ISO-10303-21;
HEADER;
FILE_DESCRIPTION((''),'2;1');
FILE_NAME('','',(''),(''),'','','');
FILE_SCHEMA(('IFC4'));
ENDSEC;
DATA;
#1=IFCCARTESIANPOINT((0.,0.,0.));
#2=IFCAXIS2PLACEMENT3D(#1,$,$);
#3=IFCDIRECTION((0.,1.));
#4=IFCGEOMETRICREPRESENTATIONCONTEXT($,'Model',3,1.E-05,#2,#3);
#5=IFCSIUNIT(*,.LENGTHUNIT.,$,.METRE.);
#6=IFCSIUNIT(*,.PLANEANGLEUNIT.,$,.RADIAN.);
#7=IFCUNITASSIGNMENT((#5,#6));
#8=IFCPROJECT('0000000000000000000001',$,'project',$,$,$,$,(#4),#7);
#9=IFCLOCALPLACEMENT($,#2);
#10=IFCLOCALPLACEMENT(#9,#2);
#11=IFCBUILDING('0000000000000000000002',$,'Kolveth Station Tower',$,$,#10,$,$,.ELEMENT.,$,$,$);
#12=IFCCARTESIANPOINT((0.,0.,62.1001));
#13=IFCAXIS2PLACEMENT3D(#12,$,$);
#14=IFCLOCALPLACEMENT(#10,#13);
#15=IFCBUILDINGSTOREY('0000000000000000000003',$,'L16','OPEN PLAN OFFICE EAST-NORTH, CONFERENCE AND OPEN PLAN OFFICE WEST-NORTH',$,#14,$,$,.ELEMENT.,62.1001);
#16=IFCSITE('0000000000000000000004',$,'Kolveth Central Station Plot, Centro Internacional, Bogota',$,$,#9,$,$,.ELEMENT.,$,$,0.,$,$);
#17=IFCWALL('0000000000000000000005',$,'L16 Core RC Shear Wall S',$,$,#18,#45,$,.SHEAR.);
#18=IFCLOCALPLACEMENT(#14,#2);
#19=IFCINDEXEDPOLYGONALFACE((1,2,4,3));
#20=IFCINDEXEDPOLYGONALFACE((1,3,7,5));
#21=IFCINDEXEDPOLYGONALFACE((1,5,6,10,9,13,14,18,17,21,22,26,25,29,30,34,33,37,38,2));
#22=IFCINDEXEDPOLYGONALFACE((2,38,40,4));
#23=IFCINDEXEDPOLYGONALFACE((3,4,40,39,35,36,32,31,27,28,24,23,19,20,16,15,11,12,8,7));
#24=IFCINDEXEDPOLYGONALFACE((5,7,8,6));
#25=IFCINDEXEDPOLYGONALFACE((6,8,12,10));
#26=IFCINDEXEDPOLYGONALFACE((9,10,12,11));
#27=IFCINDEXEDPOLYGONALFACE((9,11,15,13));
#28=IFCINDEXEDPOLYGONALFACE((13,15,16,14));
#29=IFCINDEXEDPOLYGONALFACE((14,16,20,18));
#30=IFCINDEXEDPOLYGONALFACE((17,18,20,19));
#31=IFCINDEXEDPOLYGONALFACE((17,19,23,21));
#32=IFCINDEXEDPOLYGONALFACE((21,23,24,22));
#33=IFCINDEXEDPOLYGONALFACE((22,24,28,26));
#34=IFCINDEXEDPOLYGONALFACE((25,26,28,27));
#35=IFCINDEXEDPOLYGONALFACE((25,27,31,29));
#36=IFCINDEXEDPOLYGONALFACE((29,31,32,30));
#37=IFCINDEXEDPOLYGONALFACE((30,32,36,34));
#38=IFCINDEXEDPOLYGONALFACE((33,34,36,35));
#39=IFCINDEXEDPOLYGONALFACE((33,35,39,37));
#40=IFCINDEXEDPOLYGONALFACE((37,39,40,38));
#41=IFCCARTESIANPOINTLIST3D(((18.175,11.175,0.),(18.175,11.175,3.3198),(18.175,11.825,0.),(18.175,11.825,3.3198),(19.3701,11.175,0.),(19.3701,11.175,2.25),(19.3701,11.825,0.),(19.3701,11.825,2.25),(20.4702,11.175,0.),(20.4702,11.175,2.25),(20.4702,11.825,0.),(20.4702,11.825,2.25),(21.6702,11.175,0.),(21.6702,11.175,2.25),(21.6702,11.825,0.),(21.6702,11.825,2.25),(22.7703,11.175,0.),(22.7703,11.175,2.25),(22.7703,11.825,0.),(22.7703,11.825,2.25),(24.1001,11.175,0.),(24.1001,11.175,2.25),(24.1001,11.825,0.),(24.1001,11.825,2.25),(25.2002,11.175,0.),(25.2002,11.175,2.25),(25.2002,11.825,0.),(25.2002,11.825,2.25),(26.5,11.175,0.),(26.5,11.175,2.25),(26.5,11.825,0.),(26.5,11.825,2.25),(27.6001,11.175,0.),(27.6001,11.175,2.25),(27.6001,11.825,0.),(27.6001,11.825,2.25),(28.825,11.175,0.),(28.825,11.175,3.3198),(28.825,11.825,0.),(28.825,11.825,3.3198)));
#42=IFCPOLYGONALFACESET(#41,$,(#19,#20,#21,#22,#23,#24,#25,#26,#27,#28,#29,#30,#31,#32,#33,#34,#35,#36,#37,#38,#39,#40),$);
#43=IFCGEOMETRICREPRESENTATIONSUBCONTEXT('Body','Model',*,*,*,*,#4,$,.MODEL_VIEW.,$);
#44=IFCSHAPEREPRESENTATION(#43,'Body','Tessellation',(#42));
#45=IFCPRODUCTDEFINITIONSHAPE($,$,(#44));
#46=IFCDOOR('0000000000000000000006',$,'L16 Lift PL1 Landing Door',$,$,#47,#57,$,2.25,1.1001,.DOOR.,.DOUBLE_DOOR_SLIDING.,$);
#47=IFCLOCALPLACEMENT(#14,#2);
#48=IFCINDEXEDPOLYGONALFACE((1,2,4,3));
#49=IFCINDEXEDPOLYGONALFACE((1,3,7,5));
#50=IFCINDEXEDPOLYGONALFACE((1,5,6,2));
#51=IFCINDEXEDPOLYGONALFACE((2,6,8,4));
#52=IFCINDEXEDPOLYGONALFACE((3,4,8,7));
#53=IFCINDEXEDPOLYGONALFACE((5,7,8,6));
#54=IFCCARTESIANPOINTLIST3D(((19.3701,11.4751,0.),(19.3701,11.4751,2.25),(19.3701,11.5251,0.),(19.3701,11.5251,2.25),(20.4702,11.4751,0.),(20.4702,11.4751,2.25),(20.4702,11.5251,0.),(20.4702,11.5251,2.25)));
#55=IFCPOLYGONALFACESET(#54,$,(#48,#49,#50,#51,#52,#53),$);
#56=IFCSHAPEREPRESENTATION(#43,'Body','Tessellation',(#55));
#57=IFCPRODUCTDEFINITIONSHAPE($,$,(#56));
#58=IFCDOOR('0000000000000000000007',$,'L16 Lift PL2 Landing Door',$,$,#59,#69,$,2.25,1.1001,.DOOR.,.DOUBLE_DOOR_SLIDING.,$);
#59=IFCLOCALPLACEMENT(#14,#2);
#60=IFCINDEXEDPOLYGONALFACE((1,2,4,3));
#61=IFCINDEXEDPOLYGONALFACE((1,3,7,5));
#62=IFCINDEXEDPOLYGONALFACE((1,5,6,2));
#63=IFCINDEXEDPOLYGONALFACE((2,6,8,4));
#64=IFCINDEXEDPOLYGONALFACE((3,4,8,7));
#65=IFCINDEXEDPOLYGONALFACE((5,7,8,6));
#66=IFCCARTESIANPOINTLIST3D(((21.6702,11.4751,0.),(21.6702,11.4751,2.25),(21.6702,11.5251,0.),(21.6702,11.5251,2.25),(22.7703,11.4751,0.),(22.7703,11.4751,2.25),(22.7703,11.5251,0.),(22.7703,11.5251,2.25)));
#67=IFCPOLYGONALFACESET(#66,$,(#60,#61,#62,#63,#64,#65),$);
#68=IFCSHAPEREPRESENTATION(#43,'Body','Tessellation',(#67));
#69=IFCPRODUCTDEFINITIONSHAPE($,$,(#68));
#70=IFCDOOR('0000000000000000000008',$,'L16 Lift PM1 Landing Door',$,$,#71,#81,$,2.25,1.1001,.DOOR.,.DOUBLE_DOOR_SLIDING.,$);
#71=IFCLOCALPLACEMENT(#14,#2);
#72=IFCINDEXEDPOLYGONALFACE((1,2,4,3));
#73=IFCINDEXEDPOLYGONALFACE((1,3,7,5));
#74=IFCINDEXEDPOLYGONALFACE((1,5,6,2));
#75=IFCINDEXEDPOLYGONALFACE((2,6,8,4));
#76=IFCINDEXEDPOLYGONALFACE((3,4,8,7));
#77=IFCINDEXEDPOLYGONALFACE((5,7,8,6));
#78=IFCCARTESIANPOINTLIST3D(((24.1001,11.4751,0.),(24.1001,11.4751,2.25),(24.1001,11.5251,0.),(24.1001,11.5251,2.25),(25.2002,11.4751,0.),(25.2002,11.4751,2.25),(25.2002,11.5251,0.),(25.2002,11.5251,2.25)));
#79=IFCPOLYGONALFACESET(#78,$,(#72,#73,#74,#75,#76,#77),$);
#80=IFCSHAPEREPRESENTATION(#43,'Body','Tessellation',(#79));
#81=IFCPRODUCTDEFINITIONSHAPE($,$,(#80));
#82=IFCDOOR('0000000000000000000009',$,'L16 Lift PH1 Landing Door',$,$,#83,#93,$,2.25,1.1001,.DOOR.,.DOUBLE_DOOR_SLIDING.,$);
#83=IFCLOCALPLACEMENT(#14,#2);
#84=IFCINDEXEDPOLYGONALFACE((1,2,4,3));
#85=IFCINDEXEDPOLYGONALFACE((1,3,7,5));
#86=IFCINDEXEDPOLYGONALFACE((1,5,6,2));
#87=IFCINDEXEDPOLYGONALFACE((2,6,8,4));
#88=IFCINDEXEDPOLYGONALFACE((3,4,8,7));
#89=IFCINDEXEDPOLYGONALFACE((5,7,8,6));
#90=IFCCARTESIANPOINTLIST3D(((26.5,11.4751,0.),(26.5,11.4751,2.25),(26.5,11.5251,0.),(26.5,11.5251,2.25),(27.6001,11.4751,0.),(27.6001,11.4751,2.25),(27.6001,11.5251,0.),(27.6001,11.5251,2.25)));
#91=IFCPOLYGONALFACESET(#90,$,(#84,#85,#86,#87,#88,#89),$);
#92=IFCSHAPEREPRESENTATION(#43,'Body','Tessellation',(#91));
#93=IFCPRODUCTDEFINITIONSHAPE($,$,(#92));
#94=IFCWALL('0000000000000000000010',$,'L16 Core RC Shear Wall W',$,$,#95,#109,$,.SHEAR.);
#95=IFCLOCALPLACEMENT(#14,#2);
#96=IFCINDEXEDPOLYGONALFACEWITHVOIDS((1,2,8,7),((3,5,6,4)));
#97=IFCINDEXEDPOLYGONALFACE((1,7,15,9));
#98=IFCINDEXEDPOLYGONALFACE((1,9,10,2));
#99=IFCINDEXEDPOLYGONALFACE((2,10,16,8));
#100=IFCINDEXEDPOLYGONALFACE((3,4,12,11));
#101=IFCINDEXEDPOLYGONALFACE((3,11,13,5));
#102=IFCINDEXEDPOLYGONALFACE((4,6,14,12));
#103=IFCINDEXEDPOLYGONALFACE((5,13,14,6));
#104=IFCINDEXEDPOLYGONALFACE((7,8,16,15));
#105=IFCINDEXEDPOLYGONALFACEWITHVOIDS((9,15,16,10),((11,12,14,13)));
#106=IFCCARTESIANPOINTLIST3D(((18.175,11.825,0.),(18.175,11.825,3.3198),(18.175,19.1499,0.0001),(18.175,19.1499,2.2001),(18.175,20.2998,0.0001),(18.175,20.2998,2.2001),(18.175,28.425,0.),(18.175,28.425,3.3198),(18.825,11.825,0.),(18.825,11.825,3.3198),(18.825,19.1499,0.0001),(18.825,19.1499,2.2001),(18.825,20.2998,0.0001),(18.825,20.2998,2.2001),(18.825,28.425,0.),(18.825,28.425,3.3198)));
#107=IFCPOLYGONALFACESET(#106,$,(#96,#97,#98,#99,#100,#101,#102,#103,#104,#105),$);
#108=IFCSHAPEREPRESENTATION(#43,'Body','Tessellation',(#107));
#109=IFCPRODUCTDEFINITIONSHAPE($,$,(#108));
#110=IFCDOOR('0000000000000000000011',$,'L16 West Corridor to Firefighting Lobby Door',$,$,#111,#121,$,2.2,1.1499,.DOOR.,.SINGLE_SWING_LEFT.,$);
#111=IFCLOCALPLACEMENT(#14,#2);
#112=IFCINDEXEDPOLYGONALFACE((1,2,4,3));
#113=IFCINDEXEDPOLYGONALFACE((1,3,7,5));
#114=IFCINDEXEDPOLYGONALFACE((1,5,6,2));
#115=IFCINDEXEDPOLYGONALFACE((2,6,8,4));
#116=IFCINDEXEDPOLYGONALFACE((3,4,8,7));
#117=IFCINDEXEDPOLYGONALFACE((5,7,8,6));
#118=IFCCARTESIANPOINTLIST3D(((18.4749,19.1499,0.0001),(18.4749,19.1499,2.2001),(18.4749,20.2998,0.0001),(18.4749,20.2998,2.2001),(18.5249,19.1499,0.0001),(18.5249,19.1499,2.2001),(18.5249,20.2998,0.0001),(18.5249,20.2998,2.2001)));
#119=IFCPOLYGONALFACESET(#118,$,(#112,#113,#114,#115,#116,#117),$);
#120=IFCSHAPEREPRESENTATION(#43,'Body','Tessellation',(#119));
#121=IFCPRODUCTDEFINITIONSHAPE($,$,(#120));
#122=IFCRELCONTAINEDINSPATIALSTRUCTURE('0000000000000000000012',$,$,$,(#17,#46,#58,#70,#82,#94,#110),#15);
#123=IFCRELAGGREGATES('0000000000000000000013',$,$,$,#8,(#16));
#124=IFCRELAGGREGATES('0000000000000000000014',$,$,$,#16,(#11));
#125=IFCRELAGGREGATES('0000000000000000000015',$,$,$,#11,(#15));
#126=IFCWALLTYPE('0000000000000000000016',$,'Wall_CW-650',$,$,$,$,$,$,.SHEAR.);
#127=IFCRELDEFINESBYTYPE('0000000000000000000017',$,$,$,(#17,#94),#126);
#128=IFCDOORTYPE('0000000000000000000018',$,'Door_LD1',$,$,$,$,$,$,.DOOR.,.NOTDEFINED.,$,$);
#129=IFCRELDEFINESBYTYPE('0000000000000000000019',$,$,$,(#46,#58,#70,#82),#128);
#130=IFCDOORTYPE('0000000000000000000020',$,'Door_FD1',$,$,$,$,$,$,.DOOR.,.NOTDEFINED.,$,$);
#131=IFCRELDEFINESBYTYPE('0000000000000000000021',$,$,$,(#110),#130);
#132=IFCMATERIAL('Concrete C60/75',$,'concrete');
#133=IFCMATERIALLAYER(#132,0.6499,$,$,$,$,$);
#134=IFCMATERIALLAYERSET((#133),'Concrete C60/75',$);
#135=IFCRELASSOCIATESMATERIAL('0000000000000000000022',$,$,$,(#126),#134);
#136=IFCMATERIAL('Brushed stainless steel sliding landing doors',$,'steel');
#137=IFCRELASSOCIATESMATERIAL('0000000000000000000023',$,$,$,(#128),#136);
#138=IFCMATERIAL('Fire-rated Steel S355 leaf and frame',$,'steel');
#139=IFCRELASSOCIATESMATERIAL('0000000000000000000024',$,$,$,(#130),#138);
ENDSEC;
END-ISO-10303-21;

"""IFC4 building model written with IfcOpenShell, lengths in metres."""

from ifc_helpers import new_model, si_unit, direction, frame, frame_2d, origin, place, context, subcontext, project, spatial, rectangle, extrude, material, layer, layer_set, type_object, element, fill, save


model = new_model("IFC4")

# Units and contexts
model_context = context("Model", 3, precision=1e-05, world=origin(), true_north=direction((0.0, 1.0)))
body_context = subcontext(model_context, "Body", "Model", "MODEL_VIEW")
ifc_project = project(units=[si_unit("LENGTHUNIT", "METRE"), si_unit("PLANEANGLEUNIT", "RADIAN")], contexts=[model_context])

# Site, building, storey
site_placement = place(None, origin())
site = spatial("IfcSite", under=ifc_project, at=site_placement, Name="Kolveth Central Station Plot, Centro Internacional, Bogota", CompositionType="ELEMENT", RefElevation=0.0)
building_placement = place(site_placement, origin())
building = spatial("IfcBuilding", under=site, at=building_placement, Name="Kolveth Station Tower", CompositionType="ELEMENT")
storey_placement = place(building_placement, frame((0.0, 0.0, 62.1001)))
storey = spatial("IfcBuildingStorey", under=building, at=storey_placement, Name="L16", Description="OPEN PLAN OFFICE EAST-NORTH, CONFERENCE AND OPEN PLAN OFFICE WEST-NORTH", CompositionType="ELEMENT", Elevation=62.1001)

# Wall, openings, doors
ifc_material_1 = material(Name="Concrete C60/75", Category="concrete")
ifc_layer_1 = layer(ifc_material_1, 0.6499)
ifc_layer_set_1 = layer_set([ifc_layer_1], Name="Concrete C60/75")
wall_type_1 = type_object("IfcWallType", Name="Wall_CW-650", PredefinedType="SHEAR", material=ifc_layer_set_1)
wall_1_placement = place(storey_placement, frame((18.175, 11.5, 0.0), z_axis=(0.0, 0.0, 1.0), x_axis=(1.0, 0.0, 0.0)))
wall_1 = element("IfcWall", 1, at=wall_1_placement, inside=storey, type_object=wall_type_1, Name="L16 Core RC Shear Wall S", PredefinedType="SHEAR", context=body_context, shape_type="SweptSolid", body=[
    extrude(rectangle(XDim=10.6499, YDim=0.6499, at=frame_2d((5.325, 0.0))), origin(), (0.0, 0.0, 1.0), 3.3198),
])
opening_1_placement = place(wall_1_placement, frame((1.1951, 0.0, 0.0)))
opening_1 = element("IfcOpeningElement", 2, at=opening_1_placement, cuts=wall_1, PredefinedType="OPENING", context=body_context, shape_type="SweptSolid", body=[
    extrude(rectangle(XDim=1.1001, YDim=2.25, at=frame_2d((0.55, 1.125))), frame((0.0, 0.335, 0.0), z_axis=(0.0, -1.0, 0.0), x_axis=(1.0, 0.0, 0.0)), (0.0, 0.0, 1.0), 0.6699),
])
opening_2_placement = place(wall_1_placement, frame((3.4951, 0.0, 0.0)))
opening_2 = element("IfcOpeningElement", 3, at=opening_2_placement, cuts=wall_1, PredefinedType="OPENING", context=body_context, shape_type="SweptSolid", body=[
    extrude(rectangle(XDim=1.1001, YDim=2.25, at=frame_2d((0.55, 1.125))), frame((0.0, 0.335, 0.0), z_axis=(0.0, -1.0, 0.0), x_axis=(1.0, 0.0, 0.0)), (0.0, 0.0, 1.0), 0.6699),
])
opening_3_placement = place(wall_1_placement, frame((5.925, 0.0, 0.0)))
opening_3 = element("IfcOpeningElement", 4, at=opening_3_placement, cuts=wall_1, PredefinedType="OPENING", context=body_context, shape_type="SweptSolid", body=[
    extrude(rectangle(XDim=1.1001, YDim=2.25, at=frame_2d((0.55, 1.125))), frame((0.0, 0.335, 0.0), z_axis=(0.0, -1.0, 0.0), x_axis=(1.0, 0.0, 0.0)), (0.0, 0.0, 1.0), 0.6699),
])
opening_4_placement = place(wall_1_placement, frame((8.325, 0.0, 0.0)))
opening_4 = element("IfcOpeningElement", 5, at=opening_4_placement, cuts=wall_1, PredefinedType="OPENING", context=body_context, shape_type="SweptSolid", body=[
    extrude(rectangle(XDim=1.1001, YDim=2.25, at=frame_2d((0.55, 1.125))), frame((0.0, 0.335, 0.0), z_axis=(0.0, -1.0, 0.0), x_axis=(1.0, 0.0, 0.0)), (0.0, 0.0, 1.0), 0.6699),
])
ifc_material_2 = material(Name="Brushed stainless steel sliding landing doors", Category="steel")
door_type_1 = type_object("IfcDoorType", Name="Door_LD1", OperationType="NOTDEFINED", PredefinedType="DOOR", material=ifc_material_2)
door_1_placement = place(opening_1_placement, frame((1.1001, 0.0, 0.0), z_axis=(0.0, 0.0, 1.0), x_axis=(-1.0, 0.0, 0.0)))
door_1 = element("IfcDoor", 6, at=door_1_placement, inside=storey, type_object=door_type_1, Name="L16 Lift PL1 Landing Door", OperationType="DOUBLE_DOOR_SLIDING", OverallHeight=2.25, OverallWidth=1.1001, PredefinedType="DOOR", context=body_context, shape_type="SweptSolid", body=[
    extrude(rectangle(XDim=1.1001, YDim=2.25, at=frame_2d((0.55, 1.125))), frame((0.0, 0.0249, 0.0), z_axis=(0.0, -1.0, 0.0), x_axis=(1.0, 0.0, 0.0)), (0.0, 0.0, 1.0), 0.05),
])
fill(opening_1, door_1)
door_2_placement = place(opening_2_placement, frame((1.1001, 0.0, 0.0), z_axis=(0.0, 0.0, 1.0), x_axis=(-1.0, 0.0, 0.0)))
door_2 = element("IfcDoor", 7, at=door_2_placement, inside=storey, type_object=door_type_1, Name="L16 Lift PL2 Landing Door", OperationType="DOUBLE_DOOR_SLIDING", OverallHeight=2.25, OverallWidth=1.1001, PredefinedType="DOOR", context=body_context, shape_type="SweptSolid", body=[
    extrude(rectangle(XDim=1.1001, YDim=2.25, at=frame_2d((0.55, 1.125))), frame((0.0, 0.0249, 0.0), z_axis=(0.0, -1.0, 0.0), x_axis=(1.0, 0.0, 0.0)), (0.0, 0.0, 1.0), 0.05),
])
fill(opening_2, door_2)
door_3_placement = place(opening_3_placement, frame((1.1001, 0.0, 0.0), z_axis=(0.0, 0.0, 1.0), x_axis=(-1.0, 0.0, 0.0)))
door_3 = element("IfcDoor", 8, at=door_3_placement, inside=storey, type_object=door_type_1, Name="L16 Lift PM1 Landing Door", OperationType="DOUBLE_DOOR_SLIDING", OverallHeight=2.25, OverallWidth=1.1001, PredefinedType="DOOR", context=body_context, shape_type="SweptSolid", body=[
    extrude(rectangle(XDim=1.1001, YDim=2.25, at=frame_2d((0.55, 1.125))), frame((0.0, 0.0249, 0.0), z_axis=(0.0, -1.0, 0.0), x_axis=(1.0, 0.0, 0.0)), (0.0, 0.0, 1.0), 0.05),
])
fill(opening_3, door_3)
door_4_placement = place(opening_4_placement, frame((1.1001, 0.0, 0.0), z_axis=(0.0, 0.0, 1.0), x_axis=(-1.0, 0.0, 0.0)))
door_4 = element("IfcDoor", 9, at=door_4_placement, inside=storey, type_object=door_type_1, Name="L16 Lift PH1 Landing Door", OperationType="DOUBLE_DOOR_SLIDING", OverallHeight=2.25, OverallWidth=1.1001, PredefinedType="DOOR", context=body_context, shape_type="SweptSolid", body=[
    extrude(rectangle(XDim=1.1001, YDim=2.25, at=frame_2d((0.55, 1.125))), frame((0.0, 0.0249, 0.0), z_axis=(0.0, -1.0, 0.0), x_axis=(1.0, 0.0, 0.0)), (0.0, 0.0, 1.0), 0.05),
])
fill(opening_4, door_4)

# Wall, opening, door
wall_2_placement = place(storey_placement, frame((18.5, 11.825, 0.0), z_axis=(0.0, 0.0, 1.0), x_axis=(0.0, 1.0, 0.0)))
wall_2 = element("IfcWall", 10, at=wall_2_placement, inside=storey, type_object=wall_type_1, Name="L16 Core RC Shear Wall W", PredefinedType="SHEAR", context=body_context, shape_type="SweptSolid", body=[
    extrude(rectangle(XDim=16.6001, YDim=0.6499, at=frame_2d((8.3, 0.0))), origin(), (0.0, 0.0, 1.0), 3.3198),
])
opening_5_placement = place(wall_2_placement, frame((7.325, 0.0, 0.0)))
opening_5 = element("IfcOpeningElement", 11, at=opening_5_placement, cuts=wall_2, PredefinedType="OPENING", context=body_context, shape_type="SweptSolid", body=[
    extrude(rectangle(XDim=1.1499, YDim=2.2, at=frame_2d((0.575, 1.1001))), frame((0.0, 0.335, 0.0), z_axis=(0.0, -1.0, 0.0), x_axis=(1.0, 0.0, 0.0)), (0.0, 0.0, 1.0), 0.6699),
])
ifc_material_3 = material(Name="Fire-rated Steel S355 leaf and frame", Category="steel")
door_type_2 = type_object("IfcDoorType", Name="Door_FD1", OperationType="NOTDEFINED", PredefinedType="DOOR", material=ifc_material_3)
door_5_placement = place(opening_5_placement, frame((1.1499, 0.0, 0.0), z_axis=(0.0, 0.0, 1.0), x_axis=(-1.0, 0.0, 0.0)))
door_5 = element("IfcDoor", 12, at=door_5_placement, inside=storey, type_object=door_type_2, Name="L16 West Corridor to Firefighting Lobby Door", OperationType="SINGLE_SWING_LEFT", OverallHeight=2.2, OverallWidth=1.1499, PredefinedType="DOOR", context=body_context, shape_type="SweptSolid", body=[
    extrude(rectangle(XDim=1.1499, YDim=2.2, at=frame_2d((0.575, 1.1001))), frame((0.0, 0.0249, 0.0), z_axis=(0.0, -1.0, 0.0), x_axis=(1.0, 0.0, 0.0)), (0.0, 0.0, 1.0), 0.05),
])
fill(opening_5, door_5)

save(model, "model.ifc")
